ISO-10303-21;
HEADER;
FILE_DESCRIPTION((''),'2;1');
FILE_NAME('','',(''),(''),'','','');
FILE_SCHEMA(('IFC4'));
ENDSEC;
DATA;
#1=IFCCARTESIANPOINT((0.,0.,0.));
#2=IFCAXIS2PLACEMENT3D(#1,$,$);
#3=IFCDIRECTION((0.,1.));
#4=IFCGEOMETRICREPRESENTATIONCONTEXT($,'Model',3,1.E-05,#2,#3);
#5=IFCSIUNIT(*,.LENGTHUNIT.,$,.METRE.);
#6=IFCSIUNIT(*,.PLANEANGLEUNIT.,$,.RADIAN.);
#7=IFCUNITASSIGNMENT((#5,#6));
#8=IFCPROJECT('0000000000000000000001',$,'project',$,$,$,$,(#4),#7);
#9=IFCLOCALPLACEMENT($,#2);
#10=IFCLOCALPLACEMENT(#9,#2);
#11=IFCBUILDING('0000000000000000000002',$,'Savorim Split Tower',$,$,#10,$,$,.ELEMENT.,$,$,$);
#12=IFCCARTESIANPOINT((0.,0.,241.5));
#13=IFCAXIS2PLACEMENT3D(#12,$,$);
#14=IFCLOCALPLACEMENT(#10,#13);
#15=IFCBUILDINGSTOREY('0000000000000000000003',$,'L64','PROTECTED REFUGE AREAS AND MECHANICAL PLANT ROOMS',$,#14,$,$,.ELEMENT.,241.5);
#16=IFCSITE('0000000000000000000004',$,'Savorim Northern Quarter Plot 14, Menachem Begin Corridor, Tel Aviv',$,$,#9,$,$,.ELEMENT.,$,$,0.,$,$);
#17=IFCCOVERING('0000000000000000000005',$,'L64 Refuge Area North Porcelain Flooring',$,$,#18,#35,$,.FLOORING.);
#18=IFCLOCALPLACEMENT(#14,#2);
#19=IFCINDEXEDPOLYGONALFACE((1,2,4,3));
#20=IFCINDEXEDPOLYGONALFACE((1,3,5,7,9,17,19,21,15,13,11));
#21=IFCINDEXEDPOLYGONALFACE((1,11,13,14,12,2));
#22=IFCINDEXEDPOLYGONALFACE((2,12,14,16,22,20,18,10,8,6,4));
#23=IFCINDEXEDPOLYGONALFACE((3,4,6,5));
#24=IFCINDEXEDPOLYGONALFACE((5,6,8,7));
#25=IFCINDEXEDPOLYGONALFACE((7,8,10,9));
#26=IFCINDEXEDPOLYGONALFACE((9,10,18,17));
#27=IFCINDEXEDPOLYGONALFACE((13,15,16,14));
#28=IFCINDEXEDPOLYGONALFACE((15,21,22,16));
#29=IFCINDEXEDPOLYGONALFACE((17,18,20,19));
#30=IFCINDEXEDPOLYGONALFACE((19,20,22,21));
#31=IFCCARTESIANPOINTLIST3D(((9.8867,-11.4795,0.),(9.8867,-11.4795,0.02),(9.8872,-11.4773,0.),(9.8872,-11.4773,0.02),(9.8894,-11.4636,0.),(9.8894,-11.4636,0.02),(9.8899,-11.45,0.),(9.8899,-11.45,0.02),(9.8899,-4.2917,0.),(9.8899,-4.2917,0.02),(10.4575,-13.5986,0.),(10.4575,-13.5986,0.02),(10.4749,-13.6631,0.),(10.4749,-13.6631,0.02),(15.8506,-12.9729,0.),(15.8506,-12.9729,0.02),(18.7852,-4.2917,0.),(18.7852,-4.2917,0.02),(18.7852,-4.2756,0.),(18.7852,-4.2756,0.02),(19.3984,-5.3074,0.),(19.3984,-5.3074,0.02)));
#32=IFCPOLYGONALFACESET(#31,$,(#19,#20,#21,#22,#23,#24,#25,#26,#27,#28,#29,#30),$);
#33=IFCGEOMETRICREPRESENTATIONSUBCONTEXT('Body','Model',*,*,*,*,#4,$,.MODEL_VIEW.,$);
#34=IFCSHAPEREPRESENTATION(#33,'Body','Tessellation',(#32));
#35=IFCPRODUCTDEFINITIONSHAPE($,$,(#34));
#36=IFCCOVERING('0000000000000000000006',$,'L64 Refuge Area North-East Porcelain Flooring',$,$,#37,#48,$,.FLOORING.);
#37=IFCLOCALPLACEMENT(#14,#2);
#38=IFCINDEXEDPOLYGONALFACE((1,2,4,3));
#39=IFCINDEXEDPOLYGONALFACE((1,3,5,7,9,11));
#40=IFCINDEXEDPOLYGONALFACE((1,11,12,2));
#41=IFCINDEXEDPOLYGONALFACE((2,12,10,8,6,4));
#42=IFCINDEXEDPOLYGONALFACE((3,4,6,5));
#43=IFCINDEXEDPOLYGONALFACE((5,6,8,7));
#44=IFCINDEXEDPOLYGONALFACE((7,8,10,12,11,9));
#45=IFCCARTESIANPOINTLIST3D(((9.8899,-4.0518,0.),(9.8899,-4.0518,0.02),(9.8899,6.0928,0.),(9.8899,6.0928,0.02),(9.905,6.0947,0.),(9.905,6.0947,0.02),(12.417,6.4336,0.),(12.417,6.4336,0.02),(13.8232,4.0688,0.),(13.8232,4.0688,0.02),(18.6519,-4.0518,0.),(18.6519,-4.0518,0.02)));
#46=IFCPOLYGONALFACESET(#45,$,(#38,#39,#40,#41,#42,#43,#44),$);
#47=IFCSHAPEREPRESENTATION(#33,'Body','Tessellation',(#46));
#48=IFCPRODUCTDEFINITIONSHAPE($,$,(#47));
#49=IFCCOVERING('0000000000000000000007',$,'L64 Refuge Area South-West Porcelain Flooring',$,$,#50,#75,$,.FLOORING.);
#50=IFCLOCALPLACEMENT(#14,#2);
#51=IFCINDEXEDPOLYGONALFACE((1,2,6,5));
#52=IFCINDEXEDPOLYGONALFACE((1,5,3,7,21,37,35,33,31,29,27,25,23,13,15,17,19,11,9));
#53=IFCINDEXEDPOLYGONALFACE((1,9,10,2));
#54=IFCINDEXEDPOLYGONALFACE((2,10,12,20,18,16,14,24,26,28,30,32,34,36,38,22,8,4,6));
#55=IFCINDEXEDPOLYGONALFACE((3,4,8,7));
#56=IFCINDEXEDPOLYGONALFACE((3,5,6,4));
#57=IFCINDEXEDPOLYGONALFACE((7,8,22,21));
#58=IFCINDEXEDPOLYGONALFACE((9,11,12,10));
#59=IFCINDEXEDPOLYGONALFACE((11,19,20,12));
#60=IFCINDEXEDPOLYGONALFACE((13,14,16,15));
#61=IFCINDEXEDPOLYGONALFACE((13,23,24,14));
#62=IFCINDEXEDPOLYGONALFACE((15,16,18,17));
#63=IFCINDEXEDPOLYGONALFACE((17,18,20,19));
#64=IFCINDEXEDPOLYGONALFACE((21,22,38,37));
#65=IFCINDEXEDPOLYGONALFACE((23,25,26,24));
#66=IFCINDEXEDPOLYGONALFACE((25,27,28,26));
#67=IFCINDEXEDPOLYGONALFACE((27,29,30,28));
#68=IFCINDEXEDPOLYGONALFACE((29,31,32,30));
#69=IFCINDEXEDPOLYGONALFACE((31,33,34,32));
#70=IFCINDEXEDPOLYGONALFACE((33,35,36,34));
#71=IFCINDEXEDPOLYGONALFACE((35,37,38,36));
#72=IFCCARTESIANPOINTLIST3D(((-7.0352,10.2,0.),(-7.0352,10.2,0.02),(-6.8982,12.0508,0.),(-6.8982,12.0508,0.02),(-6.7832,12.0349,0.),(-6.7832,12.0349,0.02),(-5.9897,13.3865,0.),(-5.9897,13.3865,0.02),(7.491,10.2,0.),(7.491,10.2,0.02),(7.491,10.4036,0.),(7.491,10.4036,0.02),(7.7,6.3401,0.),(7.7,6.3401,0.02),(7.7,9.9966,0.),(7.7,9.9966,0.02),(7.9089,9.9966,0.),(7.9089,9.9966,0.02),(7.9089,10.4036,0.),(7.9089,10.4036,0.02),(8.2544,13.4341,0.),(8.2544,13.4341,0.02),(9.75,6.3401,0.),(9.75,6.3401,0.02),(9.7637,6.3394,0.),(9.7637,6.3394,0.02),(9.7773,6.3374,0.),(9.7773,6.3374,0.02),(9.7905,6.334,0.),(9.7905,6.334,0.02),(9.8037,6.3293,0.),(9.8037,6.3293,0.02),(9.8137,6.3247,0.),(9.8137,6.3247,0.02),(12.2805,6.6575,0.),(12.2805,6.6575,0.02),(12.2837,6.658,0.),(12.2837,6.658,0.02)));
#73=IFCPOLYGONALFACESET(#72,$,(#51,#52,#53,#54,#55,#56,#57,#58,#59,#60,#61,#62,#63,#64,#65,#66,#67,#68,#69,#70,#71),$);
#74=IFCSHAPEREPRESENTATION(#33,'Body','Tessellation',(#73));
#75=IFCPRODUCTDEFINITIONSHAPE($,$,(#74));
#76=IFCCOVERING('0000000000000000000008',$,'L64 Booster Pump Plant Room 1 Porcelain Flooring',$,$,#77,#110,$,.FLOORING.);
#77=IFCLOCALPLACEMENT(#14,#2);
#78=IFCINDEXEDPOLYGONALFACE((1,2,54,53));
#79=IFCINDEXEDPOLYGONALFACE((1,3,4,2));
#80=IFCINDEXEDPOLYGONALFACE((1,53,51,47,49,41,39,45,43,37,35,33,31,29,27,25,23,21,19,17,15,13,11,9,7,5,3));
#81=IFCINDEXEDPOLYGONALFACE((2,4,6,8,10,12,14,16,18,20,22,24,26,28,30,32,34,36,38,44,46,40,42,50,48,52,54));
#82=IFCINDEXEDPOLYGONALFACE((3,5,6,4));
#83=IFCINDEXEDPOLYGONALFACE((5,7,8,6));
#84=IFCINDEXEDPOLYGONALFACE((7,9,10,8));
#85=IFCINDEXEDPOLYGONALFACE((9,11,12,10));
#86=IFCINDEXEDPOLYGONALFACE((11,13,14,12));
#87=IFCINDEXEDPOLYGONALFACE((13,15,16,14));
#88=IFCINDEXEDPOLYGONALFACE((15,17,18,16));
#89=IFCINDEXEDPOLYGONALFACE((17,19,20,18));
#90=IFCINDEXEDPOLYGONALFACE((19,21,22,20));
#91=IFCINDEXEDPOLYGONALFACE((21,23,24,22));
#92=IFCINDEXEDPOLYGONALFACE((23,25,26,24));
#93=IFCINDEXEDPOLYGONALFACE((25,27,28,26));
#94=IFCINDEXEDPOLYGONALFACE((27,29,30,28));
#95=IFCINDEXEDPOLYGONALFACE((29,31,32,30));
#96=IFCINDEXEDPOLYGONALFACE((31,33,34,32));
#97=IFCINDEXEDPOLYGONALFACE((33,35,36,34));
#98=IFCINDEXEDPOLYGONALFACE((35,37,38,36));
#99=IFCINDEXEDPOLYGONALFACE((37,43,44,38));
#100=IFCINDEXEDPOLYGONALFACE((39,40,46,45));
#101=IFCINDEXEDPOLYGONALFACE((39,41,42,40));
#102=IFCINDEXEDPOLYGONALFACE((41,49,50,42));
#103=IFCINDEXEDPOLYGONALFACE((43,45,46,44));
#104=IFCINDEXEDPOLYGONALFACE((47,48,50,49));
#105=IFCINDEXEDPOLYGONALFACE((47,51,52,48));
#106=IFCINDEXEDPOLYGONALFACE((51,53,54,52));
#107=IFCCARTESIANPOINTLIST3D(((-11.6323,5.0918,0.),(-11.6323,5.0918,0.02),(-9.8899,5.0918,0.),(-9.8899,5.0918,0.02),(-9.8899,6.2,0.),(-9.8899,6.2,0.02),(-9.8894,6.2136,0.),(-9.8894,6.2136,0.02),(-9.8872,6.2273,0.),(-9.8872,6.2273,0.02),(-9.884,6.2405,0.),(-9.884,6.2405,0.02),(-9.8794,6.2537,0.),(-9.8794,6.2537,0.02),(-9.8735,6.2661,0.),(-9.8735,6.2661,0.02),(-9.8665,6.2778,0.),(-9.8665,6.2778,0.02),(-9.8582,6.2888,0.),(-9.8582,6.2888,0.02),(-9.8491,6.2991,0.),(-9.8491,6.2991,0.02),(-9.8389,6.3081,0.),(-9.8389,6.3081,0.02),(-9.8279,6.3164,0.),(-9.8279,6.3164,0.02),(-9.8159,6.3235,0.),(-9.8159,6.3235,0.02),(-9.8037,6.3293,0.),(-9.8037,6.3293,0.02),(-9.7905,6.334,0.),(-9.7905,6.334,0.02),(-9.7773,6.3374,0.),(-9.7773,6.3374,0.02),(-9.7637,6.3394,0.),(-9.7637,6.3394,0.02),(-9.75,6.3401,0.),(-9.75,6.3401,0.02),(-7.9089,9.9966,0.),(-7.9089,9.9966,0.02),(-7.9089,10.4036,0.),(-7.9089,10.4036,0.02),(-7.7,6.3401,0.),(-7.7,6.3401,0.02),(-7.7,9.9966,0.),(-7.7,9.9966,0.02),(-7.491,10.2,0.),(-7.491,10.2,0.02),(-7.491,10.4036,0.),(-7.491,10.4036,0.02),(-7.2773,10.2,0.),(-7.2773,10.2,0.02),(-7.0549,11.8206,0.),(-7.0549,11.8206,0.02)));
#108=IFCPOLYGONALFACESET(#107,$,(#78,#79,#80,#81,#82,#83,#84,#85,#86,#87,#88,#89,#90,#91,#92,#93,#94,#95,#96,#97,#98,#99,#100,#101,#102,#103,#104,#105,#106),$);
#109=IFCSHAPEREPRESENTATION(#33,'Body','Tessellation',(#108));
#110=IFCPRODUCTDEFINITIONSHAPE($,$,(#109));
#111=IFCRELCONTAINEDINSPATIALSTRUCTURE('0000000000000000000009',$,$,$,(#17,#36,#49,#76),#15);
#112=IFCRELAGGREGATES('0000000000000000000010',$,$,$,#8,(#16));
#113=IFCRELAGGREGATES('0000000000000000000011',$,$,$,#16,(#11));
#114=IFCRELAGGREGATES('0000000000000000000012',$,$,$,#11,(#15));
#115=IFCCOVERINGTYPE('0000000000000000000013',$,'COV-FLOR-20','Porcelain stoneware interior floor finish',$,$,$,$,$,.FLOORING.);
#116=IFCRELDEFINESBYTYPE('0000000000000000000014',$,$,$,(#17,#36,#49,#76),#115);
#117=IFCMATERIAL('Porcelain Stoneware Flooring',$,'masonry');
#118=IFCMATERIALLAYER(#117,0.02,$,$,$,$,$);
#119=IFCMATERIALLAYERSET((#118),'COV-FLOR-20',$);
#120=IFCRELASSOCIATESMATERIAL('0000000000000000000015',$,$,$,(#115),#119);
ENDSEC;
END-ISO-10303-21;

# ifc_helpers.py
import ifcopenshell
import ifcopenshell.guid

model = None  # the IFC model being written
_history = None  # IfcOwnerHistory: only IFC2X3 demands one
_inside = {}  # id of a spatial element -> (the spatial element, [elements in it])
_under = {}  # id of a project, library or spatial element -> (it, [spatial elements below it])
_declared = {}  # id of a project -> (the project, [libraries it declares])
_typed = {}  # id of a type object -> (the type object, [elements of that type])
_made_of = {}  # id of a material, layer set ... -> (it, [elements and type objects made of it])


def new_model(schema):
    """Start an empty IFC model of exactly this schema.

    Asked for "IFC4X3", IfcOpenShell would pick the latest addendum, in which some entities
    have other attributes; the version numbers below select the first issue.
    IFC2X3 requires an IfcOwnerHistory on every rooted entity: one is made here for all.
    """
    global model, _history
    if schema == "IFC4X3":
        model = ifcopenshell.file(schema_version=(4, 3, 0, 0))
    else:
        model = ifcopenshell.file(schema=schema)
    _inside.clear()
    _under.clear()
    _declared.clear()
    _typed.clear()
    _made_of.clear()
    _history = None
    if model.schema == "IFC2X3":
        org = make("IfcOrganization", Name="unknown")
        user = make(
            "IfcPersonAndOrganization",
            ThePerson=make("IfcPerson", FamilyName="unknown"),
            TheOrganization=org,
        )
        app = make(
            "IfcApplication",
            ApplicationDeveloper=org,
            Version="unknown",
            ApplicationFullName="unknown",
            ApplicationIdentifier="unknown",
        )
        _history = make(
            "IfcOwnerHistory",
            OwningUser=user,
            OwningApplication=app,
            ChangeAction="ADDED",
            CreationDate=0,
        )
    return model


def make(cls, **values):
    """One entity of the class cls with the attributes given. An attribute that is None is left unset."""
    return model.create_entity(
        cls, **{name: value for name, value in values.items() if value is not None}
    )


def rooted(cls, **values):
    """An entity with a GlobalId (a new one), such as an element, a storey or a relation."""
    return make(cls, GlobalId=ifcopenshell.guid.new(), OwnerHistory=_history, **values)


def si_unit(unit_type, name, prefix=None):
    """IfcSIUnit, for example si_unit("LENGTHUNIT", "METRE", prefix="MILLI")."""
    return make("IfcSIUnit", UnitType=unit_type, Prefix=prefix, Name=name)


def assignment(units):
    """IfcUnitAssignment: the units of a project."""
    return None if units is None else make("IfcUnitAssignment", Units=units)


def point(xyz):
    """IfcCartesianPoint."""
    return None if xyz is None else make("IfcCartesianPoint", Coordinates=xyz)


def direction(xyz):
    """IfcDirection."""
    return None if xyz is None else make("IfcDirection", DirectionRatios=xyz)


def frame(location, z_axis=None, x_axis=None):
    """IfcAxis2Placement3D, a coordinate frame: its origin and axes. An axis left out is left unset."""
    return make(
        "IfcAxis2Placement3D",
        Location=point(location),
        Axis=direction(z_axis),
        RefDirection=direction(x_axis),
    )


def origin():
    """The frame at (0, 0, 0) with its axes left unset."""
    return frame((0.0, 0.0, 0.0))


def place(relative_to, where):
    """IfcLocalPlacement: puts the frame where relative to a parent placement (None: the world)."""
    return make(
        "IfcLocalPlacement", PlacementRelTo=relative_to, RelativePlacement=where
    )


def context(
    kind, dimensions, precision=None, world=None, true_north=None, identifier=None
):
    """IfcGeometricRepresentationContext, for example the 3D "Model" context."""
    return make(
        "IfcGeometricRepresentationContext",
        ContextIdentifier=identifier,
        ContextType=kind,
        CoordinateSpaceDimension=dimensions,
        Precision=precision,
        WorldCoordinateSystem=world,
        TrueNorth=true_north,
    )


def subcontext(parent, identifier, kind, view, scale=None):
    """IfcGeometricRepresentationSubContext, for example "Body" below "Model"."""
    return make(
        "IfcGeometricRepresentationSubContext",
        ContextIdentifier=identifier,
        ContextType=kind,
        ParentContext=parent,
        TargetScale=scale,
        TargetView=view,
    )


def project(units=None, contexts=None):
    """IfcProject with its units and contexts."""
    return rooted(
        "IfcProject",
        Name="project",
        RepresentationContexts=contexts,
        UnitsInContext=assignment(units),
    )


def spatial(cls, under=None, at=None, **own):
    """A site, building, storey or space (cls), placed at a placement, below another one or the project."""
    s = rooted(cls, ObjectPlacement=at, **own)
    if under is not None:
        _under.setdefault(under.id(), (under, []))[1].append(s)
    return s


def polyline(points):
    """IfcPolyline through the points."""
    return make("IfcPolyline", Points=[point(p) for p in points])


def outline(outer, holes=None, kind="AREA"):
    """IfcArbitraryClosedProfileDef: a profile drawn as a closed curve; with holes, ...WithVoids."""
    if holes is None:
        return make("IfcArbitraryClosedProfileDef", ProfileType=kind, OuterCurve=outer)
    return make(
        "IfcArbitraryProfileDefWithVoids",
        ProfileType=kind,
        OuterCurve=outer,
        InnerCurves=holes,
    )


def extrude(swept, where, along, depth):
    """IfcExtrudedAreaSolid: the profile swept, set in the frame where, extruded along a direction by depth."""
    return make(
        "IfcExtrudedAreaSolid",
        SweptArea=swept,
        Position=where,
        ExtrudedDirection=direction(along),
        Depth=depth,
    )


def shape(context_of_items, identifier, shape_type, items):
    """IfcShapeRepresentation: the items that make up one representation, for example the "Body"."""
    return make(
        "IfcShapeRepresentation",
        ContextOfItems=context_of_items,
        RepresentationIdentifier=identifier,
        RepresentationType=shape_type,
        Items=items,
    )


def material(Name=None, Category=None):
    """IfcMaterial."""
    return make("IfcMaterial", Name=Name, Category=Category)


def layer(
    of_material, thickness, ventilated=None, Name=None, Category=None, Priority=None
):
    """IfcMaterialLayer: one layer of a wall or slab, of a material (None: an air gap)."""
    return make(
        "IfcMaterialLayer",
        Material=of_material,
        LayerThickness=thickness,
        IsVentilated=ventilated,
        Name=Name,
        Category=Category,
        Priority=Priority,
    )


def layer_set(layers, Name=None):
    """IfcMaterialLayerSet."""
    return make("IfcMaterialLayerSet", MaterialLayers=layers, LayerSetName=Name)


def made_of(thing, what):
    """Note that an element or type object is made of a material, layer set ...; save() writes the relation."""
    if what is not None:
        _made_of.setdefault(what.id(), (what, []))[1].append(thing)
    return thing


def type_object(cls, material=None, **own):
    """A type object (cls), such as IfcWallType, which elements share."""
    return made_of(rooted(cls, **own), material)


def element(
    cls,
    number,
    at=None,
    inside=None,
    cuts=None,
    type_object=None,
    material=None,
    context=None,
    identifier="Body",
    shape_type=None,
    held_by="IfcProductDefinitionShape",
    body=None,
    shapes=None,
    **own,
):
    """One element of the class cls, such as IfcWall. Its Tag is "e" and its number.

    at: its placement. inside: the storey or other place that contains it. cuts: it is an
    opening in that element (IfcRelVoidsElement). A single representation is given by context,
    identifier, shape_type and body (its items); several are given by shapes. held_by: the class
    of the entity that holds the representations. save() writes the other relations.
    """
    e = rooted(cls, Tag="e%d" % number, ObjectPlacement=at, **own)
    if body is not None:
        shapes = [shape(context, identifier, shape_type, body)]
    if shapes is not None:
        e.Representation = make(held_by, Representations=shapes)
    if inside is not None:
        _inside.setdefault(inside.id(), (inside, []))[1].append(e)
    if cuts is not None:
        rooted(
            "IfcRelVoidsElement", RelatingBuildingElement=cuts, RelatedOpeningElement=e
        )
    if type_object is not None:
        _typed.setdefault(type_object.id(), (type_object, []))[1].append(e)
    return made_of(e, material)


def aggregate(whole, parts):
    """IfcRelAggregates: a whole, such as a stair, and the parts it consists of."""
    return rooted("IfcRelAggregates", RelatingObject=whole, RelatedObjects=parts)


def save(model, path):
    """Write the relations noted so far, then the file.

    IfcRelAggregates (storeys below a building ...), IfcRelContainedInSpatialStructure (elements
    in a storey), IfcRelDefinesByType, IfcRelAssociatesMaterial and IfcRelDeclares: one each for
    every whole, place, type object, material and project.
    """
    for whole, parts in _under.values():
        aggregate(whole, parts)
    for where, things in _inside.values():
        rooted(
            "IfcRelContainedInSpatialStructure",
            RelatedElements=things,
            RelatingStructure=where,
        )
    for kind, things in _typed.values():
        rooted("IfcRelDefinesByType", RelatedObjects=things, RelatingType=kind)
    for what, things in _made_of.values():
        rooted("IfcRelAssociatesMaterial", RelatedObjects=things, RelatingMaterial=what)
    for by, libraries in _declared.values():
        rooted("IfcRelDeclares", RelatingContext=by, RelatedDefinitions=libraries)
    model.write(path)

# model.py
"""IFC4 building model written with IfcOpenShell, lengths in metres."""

from ifc_helpers import new_model, si_unit, direction, frame, origin, place, context, subcontext, project, spatial, polyline, outline, extrude, material, layer, layer_set, type_object, element, save


model = new_model("IFC4")

# Units and contexts
model_context = context("Model", 3, precision=1e-05, world=origin(), true_north=direction((0.0, 1.0)))
body_context = subcontext(model_context, "Body", "Model", "MODEL_VIEW")
ifc_project = project(units=[si_unit("LENGTHUNIT", "METRE"), si_unit("PLANEANGLEUNIT", "RADIAN")], contexts=[model_context])

# Site, building, storey
site_placement = place(None, origin())
site = spatial("IfcSite", under=ifc_project, at=site_placement, Name="Savorim Northern Quarter Plot 14, Menachem Begin Corridor, Tel Aviv", CompositionType="ELEMENT", RefElevation=0.0)
building_placement = place(site_placement, origin())
building = spatial("IfcBuilding", under=site, at=building_placement, Name="Savorim Split Tower", CompositionType="ELEMENT")
storey_placement = place(building_placement, frame((0.0, 0.0, 241.5)))
storey = spatial("IfcBuildingStorey", under=building, at=storey_placement, Name="L64", Description="PROTECTED REFUGE AREAS AND MECHANICAL PLANT ROOMS", CompositionType="ELEMENT", Elevation=241.5)

# Coverings
ifc_material_1 = material(Name="Porcelain Stoneware Flooring", Category="masonry")
ifc_layer_1 = layer(ifc_material_1, 0.02)
ifc_layer_set_1 = layer_set([ifc_layer_1], Name="COV-FLOR-20")
covering_type_1 = type_object("IfcCoveringType", Name="COV-FLOR-20", Description="Porcelain stoneware interior floor finish", PredefinedType="FLOORING", material=ifc_layer_set_1)
covering_1_placement = place(storey_placement, origin())
element("IfcCovering", 1, at=covering_1_placement, inside=storey, type_object=covering_type_1, Name="L64 Refuge Area North Porcelain Flooring", PredefinedType="FLOORING", context=body_context, shape_type="SweptSolid", body=[
    extrude(outline(polyline([(10.4749, -13.6631), (15.8506, -12.9729), (19.3984, -5.3074), (18.7852, -4.2756), (18.7852, -4.2917), (9.8899, -4.2917), (9.8899, -11.45), (9.8894, -11.4636), (9.8872, -11.4773), (9.8867, -11.4795), (10.4575, -13.5986), (10.4749, -13.6631)])), origin(), (0.0, 0.0, 1.0), 0.02),
])
covering_2_placement = place(storey_placement, origin())
element("IfcCovering", 2, at=covering_2_placement, inside=storey, type_object=covering_type_1, Name="L64 Refuge Area North-East Porcelain Flooring", PredefinedType="FLOORING", context=body_context, shape_type="SweptSolid", body=[
    extrude(outline(polyline([(9.8899, -4.0518), (18.6519, -4.0518), (13.8232, 4.0688), (12.417, 6.4336), (9.905, 6.0947), (9.8899, 6.0928), (9.8899, -4.0518)])), origin(), (0.0, 0.0, 1.0), 0.02),
])
covering_3_placement = place(storey_placement, origin())
element("IfcCovering", 3, at=covering_3_placement, inside=storey, type_object=covering_type_1, Name="L64 Refuge Area South-West Porcelain Flooring", PredefinedType="FLOORING", context=body_context, shape_type="SweptSolid", body=[
    extrude(outline(polyline([(12.2837, 6.658), (8.2544, 13.4341), (-5.9897, 13.3865), (-6.8982, 12.0508), (-6.7832, 12.0349), (-7.0352, 10.2), (7.491, 10.2), (7.491, 10.4036), (7.9089, 10.4036), (7.9089, 9.9966), (7.7, 9.9966), (7.7, 6.3401), (9.75, 6.3401), (9.7637, 6.3394), (9.7773, 6.3374), (9.7905, 6.334), (9.8037, 6.3293), (9.8137, 6.3247), (12.2805, 6.6575), (12.2837, 6.658)])), origin(), (0.0, 0.0, 1.0), 0.02),
])
covering_4_placement = place(storey_placement, origin())
element("IfcCovering", 4, at=covering_4_placement, inside=storey, type_object=covering_type_1, Name="L64 Booster Pump Plant Room 1 Porcelain Flooring", PredefinedType="FLOORING", context=body_context, shape_type="SweptSolid", body=[
    extrude(outline(polyline([(-7.491, 10.2), (-7.2773, 10.2), (-7.0549, 11.8206), (-11.6323, 5.0918), (-9.8899, 5.0918), (-9.8899, 6.2), (-9.8894, 6.2136), (-9.8872, 6.2273), (-9.884, 6.2405), (-9.8794, 6.2537), (-9.8735, 6.2661), (-9.8665, 6.2778), (-9.8582, 6.2888), (-9.8491, 6.2991), (-9.8389, 6.3081), (-9.8279, 6.3164), (-9.8159, 6.3235), (-9.8037, 6.3293), (-9.7905, 6.334), (-9.7773, 6.3374), (-9.7637, 6.3394), (-9.75, 6.3401), (-7.7, 6.3401), (-7.7, 9.9966), (-7.9089, 9.9966), (-7.9089, 10.4036), (-7.491, 10.4036), (-7.491, 10.2)])), origin(), (0.0, 0.0, 1.0), 0.02),
])

save(model, "model.ifc")
